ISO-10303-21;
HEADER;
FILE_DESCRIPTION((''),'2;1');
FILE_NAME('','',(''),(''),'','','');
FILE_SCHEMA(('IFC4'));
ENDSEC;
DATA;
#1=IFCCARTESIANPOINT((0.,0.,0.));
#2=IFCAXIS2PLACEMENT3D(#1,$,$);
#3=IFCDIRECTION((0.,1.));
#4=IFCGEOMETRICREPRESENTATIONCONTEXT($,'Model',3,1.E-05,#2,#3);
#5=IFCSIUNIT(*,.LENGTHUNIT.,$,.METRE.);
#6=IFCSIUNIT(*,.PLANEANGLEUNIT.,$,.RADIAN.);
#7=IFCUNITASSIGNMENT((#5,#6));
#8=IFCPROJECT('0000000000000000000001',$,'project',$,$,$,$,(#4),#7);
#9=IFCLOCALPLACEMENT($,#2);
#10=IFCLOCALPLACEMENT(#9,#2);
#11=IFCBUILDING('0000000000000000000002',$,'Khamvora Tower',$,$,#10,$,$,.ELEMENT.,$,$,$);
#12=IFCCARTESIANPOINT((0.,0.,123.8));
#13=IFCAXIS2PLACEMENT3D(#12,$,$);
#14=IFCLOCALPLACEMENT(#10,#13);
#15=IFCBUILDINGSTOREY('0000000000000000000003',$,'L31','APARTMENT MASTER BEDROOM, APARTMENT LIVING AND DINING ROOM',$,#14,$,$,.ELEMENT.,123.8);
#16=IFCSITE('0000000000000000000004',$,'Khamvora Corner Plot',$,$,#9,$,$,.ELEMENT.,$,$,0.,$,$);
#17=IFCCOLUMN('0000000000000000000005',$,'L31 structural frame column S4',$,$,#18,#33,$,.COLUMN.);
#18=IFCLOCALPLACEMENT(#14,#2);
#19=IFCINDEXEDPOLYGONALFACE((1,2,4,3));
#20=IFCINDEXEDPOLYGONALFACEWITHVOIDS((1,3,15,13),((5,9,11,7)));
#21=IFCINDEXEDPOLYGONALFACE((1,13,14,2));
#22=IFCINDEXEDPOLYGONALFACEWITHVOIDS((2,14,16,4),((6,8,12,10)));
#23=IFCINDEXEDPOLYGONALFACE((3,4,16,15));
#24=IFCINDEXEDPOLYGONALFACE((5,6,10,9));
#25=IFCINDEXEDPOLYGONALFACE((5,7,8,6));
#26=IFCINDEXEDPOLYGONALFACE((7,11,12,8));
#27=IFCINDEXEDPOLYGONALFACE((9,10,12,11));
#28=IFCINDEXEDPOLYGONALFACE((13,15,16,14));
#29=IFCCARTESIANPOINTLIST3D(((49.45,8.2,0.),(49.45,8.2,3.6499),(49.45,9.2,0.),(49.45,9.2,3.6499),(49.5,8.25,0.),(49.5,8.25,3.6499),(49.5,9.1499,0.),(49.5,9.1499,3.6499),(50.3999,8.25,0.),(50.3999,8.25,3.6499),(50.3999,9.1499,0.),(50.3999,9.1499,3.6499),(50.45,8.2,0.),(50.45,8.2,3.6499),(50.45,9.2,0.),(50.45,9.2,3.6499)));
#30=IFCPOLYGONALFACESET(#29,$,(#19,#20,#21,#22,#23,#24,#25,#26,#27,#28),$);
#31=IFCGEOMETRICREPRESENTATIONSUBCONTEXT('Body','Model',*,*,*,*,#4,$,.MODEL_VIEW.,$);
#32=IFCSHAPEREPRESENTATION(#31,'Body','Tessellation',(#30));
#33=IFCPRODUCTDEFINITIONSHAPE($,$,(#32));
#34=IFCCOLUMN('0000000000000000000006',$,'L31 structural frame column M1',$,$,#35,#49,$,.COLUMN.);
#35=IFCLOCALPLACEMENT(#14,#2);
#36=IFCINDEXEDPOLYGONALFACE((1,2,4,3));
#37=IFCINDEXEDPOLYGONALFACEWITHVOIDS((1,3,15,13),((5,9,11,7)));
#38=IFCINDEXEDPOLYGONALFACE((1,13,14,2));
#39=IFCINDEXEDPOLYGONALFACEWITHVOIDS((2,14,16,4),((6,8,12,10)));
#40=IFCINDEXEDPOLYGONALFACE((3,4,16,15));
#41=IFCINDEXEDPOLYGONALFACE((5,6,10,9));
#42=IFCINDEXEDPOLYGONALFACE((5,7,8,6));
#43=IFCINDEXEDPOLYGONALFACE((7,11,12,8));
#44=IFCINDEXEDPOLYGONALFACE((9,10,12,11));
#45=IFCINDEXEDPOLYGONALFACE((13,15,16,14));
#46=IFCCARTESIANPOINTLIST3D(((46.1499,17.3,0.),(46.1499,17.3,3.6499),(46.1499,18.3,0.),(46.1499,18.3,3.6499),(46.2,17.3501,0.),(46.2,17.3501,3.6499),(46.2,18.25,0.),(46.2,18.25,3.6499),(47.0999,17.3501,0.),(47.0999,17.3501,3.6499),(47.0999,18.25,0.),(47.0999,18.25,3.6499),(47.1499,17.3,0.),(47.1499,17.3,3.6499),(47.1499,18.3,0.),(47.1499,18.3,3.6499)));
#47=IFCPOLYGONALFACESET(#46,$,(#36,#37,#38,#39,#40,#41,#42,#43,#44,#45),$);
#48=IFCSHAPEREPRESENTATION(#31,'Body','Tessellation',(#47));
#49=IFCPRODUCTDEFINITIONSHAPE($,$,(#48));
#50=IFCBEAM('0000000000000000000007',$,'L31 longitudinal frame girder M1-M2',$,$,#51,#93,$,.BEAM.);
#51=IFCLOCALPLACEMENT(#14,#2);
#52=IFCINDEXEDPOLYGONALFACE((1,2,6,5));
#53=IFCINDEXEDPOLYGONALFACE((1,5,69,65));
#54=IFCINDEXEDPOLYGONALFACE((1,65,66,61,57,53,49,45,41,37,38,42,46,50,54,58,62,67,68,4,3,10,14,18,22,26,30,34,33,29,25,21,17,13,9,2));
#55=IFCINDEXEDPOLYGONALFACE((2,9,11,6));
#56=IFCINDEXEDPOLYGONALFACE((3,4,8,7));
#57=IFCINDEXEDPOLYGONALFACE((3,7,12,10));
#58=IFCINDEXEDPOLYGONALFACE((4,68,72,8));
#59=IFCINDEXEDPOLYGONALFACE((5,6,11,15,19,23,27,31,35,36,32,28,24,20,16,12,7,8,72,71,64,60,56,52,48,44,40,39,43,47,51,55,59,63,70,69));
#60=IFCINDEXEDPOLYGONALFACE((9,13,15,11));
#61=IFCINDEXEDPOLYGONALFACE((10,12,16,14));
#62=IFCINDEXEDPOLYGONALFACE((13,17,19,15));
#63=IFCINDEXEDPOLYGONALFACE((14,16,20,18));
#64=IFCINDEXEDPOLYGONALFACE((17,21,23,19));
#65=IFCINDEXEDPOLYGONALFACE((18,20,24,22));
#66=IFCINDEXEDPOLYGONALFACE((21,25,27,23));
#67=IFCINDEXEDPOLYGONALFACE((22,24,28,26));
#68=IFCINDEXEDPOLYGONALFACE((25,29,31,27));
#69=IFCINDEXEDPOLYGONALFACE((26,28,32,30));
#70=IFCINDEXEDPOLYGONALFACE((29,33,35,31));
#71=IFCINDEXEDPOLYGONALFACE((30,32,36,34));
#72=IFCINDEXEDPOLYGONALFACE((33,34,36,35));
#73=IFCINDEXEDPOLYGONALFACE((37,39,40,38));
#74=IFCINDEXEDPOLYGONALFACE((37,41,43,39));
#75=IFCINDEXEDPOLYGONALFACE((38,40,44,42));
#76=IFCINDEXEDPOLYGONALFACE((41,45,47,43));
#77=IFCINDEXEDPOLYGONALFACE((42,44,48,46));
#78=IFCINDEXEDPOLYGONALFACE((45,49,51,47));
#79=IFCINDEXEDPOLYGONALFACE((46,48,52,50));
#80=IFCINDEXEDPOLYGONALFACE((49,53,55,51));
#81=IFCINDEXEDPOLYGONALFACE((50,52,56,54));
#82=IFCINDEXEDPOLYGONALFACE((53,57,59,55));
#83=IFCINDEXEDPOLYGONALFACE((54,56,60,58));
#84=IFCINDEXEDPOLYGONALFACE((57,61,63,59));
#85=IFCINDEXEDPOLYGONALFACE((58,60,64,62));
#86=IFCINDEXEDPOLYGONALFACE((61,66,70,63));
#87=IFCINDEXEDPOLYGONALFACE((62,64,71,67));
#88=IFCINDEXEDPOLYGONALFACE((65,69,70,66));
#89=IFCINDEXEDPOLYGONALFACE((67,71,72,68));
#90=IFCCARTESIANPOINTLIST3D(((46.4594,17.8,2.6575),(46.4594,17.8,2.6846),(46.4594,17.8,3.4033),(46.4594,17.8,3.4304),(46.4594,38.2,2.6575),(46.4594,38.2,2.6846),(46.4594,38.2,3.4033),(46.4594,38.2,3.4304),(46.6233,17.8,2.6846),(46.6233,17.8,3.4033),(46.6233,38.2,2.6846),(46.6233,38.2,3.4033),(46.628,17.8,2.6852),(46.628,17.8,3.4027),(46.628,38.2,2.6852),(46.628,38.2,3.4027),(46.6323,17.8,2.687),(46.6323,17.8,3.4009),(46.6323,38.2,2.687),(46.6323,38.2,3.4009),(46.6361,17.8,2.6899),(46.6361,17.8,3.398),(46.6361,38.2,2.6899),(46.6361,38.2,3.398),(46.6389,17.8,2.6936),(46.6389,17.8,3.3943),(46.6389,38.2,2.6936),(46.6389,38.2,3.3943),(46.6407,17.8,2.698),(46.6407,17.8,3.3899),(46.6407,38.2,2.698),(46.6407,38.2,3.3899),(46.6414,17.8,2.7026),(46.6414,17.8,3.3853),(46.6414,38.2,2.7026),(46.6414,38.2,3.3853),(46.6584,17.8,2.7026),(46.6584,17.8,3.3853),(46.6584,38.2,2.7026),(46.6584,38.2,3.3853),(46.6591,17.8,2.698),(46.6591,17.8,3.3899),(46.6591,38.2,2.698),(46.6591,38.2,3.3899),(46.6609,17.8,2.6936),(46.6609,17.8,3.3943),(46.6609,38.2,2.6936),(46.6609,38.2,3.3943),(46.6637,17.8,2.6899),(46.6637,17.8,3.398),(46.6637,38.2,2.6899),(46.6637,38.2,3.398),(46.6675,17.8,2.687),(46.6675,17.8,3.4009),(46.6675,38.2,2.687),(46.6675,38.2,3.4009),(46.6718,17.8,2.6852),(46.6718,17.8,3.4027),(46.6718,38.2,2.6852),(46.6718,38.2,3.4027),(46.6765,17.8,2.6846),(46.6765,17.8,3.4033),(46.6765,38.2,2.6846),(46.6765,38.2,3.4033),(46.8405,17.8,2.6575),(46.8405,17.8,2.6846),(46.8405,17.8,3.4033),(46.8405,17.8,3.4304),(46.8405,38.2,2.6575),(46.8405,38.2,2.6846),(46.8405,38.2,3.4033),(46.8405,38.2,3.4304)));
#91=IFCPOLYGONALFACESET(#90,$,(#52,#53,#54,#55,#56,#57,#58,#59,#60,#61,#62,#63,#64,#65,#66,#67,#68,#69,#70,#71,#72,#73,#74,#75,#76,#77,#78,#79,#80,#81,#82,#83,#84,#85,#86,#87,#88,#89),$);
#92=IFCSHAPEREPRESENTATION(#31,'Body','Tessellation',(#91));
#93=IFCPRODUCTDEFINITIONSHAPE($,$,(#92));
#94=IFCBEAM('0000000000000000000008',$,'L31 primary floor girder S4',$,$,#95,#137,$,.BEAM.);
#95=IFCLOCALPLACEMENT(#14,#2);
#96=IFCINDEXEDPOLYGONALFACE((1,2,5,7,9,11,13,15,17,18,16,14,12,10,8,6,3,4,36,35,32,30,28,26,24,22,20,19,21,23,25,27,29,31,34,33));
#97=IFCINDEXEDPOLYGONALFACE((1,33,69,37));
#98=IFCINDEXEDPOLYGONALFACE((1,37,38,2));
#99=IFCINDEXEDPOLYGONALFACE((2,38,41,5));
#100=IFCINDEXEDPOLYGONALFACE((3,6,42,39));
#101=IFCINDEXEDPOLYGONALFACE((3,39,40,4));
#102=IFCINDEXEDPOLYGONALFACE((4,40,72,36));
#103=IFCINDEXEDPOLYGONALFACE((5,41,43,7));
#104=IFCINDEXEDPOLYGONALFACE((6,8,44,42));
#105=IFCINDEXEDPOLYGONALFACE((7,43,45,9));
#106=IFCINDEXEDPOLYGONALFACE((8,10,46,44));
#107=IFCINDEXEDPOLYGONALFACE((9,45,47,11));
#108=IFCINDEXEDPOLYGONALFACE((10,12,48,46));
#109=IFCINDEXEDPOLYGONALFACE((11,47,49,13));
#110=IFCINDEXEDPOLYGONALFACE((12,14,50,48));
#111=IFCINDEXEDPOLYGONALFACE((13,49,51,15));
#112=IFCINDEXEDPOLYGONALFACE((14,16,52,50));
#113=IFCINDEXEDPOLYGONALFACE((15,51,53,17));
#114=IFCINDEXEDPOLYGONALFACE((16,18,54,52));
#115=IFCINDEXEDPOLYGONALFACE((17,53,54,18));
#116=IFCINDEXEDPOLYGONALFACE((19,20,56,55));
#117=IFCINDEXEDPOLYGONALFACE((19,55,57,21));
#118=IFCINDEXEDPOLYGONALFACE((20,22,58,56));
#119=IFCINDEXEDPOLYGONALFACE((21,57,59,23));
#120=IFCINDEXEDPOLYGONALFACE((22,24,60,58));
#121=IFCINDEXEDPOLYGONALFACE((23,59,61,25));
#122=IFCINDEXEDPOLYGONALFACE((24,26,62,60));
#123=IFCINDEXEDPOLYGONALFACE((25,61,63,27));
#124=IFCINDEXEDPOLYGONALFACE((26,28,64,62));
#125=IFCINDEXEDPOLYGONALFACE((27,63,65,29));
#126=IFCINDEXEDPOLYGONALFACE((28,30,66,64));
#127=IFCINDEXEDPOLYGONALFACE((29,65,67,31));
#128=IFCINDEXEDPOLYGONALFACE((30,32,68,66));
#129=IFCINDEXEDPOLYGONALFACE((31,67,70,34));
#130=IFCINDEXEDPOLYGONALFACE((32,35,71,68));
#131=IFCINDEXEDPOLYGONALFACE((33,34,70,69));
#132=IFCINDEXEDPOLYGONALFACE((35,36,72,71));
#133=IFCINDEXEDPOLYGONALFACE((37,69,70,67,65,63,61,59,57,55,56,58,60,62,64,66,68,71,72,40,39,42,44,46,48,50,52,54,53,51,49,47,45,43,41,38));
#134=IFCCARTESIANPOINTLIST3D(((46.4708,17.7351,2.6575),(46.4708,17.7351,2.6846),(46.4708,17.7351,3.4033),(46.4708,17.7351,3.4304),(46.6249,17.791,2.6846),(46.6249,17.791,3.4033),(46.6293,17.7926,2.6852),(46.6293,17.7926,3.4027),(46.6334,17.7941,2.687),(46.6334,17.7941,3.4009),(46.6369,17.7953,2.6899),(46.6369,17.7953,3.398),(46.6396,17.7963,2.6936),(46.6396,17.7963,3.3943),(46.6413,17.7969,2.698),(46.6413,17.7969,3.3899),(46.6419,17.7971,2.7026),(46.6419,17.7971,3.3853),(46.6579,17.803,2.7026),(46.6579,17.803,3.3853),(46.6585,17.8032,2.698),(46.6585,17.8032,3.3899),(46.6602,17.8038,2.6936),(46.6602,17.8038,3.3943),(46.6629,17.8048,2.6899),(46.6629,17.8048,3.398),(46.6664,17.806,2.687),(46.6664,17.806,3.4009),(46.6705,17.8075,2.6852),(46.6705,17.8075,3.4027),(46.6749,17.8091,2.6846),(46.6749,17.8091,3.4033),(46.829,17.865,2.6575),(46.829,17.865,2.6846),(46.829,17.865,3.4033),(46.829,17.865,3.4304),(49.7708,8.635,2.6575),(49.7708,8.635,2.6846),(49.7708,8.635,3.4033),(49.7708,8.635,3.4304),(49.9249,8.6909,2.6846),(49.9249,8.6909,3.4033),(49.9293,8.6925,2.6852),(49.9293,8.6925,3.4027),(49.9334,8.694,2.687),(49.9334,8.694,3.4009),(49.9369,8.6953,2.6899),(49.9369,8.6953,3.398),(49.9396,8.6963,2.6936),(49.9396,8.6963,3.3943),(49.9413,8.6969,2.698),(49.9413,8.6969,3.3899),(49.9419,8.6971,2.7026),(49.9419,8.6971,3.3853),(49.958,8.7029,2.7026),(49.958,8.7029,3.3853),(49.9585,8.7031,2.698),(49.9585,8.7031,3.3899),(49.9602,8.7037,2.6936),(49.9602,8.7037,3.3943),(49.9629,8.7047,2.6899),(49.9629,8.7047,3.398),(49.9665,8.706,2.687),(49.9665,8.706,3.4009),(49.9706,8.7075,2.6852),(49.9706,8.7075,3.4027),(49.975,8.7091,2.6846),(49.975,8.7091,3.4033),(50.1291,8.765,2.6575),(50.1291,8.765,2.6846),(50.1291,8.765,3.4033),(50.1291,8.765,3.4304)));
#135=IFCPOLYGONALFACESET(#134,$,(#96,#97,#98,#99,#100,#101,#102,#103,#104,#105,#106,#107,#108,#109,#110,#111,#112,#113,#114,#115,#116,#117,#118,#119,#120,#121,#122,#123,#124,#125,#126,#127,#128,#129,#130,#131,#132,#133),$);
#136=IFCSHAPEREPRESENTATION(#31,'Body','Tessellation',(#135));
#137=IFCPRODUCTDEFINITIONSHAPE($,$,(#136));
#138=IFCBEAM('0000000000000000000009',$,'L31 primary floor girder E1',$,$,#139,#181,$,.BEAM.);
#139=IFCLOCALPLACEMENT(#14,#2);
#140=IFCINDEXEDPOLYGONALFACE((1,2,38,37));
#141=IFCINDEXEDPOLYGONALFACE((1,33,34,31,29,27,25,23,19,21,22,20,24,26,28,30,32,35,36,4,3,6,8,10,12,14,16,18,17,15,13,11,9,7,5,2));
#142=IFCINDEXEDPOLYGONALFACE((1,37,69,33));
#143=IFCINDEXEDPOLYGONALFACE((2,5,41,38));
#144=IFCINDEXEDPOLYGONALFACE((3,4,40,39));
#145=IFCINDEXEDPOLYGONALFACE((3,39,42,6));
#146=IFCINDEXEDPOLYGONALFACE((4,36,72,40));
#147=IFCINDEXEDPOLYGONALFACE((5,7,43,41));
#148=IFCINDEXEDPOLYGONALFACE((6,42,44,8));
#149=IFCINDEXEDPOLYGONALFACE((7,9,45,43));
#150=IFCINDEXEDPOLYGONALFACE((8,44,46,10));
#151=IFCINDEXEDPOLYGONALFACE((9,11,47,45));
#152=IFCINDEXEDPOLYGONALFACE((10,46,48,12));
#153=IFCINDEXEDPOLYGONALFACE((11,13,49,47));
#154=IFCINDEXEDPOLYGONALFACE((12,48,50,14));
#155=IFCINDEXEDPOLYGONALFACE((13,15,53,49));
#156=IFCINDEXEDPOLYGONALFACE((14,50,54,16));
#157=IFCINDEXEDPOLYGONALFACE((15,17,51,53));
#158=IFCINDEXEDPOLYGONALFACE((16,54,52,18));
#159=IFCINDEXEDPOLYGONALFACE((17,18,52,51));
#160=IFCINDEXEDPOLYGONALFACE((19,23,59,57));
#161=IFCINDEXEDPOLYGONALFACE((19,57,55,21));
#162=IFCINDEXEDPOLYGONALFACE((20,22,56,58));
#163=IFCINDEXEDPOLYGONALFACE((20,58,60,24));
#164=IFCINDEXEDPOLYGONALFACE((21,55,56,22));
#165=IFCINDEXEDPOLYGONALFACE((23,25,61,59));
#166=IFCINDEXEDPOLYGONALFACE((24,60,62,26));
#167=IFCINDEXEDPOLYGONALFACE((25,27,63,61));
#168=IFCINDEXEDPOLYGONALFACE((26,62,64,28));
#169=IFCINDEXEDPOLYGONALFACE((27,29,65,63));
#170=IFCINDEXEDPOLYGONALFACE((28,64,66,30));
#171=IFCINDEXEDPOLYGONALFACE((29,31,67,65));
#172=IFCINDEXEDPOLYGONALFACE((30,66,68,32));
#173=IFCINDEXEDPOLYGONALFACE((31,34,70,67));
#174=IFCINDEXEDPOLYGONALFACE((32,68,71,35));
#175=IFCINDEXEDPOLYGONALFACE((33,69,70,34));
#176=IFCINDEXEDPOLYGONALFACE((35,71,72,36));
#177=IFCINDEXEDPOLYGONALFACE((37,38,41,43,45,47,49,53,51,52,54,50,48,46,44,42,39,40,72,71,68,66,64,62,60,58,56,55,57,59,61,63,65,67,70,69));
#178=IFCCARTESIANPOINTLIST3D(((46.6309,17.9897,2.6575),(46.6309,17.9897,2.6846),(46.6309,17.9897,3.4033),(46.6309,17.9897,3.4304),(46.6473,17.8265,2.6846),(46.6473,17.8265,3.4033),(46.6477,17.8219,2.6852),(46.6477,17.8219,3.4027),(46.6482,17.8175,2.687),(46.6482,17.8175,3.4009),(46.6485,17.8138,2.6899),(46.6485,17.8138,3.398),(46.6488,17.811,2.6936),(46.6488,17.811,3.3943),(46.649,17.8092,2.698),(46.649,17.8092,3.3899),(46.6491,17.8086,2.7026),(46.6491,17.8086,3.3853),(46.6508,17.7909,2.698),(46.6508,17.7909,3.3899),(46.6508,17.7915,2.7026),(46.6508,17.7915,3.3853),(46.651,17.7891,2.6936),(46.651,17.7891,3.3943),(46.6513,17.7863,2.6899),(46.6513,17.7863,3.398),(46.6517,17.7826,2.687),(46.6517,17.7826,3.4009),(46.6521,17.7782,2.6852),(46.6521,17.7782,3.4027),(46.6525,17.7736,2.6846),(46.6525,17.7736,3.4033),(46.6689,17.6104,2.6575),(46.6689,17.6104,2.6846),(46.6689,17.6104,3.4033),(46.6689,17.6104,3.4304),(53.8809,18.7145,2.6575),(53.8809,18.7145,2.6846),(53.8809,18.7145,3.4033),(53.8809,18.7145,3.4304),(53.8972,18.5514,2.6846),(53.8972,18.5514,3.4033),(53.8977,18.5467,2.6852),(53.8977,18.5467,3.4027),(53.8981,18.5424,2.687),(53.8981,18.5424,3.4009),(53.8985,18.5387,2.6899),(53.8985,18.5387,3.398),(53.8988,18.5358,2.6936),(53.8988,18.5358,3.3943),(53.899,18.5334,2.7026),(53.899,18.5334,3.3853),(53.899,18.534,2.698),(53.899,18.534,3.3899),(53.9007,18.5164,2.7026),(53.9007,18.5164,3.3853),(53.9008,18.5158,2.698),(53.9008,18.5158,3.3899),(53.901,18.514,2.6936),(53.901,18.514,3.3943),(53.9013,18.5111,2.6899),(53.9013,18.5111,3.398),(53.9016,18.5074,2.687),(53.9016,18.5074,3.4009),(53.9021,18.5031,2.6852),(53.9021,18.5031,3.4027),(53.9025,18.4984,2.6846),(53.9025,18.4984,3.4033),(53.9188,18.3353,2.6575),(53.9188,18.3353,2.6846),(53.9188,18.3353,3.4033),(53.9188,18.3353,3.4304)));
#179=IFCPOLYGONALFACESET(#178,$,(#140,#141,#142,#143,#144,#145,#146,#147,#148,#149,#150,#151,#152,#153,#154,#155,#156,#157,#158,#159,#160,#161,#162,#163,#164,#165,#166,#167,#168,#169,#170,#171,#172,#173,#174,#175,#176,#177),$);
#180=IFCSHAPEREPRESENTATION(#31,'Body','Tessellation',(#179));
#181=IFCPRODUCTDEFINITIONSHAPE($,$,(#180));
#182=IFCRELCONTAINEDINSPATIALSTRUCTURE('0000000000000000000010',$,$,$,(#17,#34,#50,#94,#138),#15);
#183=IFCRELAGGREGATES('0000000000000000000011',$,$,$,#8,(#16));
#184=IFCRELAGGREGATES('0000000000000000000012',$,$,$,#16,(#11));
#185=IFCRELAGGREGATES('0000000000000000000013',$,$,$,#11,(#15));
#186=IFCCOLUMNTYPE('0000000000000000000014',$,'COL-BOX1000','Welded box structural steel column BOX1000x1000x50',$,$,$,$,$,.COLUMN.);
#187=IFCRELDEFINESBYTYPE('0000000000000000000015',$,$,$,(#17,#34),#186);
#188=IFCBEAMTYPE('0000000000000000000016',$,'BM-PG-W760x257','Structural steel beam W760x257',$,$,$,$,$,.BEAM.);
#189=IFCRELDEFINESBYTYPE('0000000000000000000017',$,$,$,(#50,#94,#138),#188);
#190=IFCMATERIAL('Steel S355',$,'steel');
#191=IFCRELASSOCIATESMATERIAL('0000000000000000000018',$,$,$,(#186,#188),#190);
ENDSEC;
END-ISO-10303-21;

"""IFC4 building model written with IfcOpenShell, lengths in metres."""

from ifc_helpers import new_model, si_unit, direction, frame, origin, origin_2d, place, context, subcontext, project, spatial, hollow_rectangle, i_section, extrude, material, material_profile, profile_set, type_object, element, save


model = new_model("IFC4")

# Units and contexts
model_context = context("Model", 3, precision=1e-05, world=origin(), true_north=direction((0.0, 1.0)))
body_context = subcontext(model_context, "Body", "Model", "MODEL_VIEW")
ifc_project = project(units=[si_unit("LENGTHUNIT", "METRE"), si_unit("PLANEANGLEUNIT", "RADIAN")], contexts=[model_context])

# Site, building, storey
site_placement = place(None, origin())
site = spatial("IfcSite", under=ifc_project, at=site_placement, Name="Khamvora Corner Plot", CompositionType="ELEMENT", RefElevation=0.0)
building_placement = place(site_placement, origin())
building = spatial("IfcBuilding", under=site, at=building_placement, Name="Khamvora Tower", CompositionType="ELEMENT")
storey_placement = place(building_placement, frame((0.0, 0.0, 123.8)))
storey = spatial("IfcBuildingStorey", under=building, at=storey_placement, Name="L31", Description="APARTMENT MASTER BEDROOM, APARTMENT LIVING AND DINING ROOM", CompositionType="ELEMENT", Elevation=123.8)

# Columns
ifc_material_1 = material(Name="Steel S355", Category="steel")
ifc_material_profile_1 = material_profile(ifc_material_1, hollow_rectangle(XDim=1.0, YDim=1.0, WallThickness=0.05, at=origin_2d()), Name="BOX1000x1000x50")
ifc_profile_set_1 = profile_set([ifc_material_profile_1], Name="Steel S355")
column_type = type_object("IfcColumnType", Name="COL-BOX1000", Description="Welded box structural steel column BOX1000x1000x50", PredefinedType="COLUMN", material=ifc_profile_set_1)
for number, where, z_axis, x_axis, name in (
    (1, (49.95, 8.7, 0.0), (0.0, 0.0, 1.0), (1.0, 0.0, 0.0), "L31 structural frame column S4"),
    (2, (46.6499, 17.8, 0.0), (0.0, 0.0, 1.0), (1.0, 0.0, 0.0), "L31 structural frame column M1"),
):
    element("IfcColumn", number, at=place(storey_placement, frame(where, z_axis=z_axis, x_axis=x_axis)), inside=storey, type_object=column_type, Name=name, PredefinedType="COLUMN", context=body_context, shape_type="SweptSolid", body=[
        extrude(hollow_rectangle(XDim=1.0, YDim=1.0, WallThickness=0.05, at=origin_2d()), origin(), (0.0, 0.0, 1.0), 3.6499),
    ])

# Beams
ifc_material_profile_2 = material_profile(ifc_material_1, i_section(OverallWidth=0.3811, OverallDepth=0.7729, WebThickness=0.0171, FlangeThickness=0.0271, FilletRadius=0.0181, at=origin_2d()), Name="W760x257")
ifc_profile_set_2 = profile_set([ifc_material_profile_2], Name="Steel S355")
beam_type_1 = type_object("IfcBeamType", Name="BM-PG-W760x257", Description="Structural steel beam W760x257", PredefinedType="BEAM", material=ifc_profile_set_2)
beam_1_placement = place(storey_placement, frame((46.6499, 17.8, 3.0439), z_axis=(0.0, 1.0, 0.0), x_axis=(-1.0, 0.0, 0.0)))
element("IfcBeam", 3, at=beam_1_placement, inside=storey, type_object=beam_type_1, Name="L31 longitudinal frame girder M1-M2", PredefinedType="BEAM", context=body_context, shape_type="SweptSolid", body=[
    extrude(i_section(OverallWidth=0.3811, OverallDepth=0.7729, WebThickness=0.0171, FlangeThickness=0.0271, FilletRadius=0.0181, at=origin_2d()), origin(), (0.0, 0.0, 1.0), 20.3999),
])
beam_2_placement = place(storey_placement, frame((46.6499, 17.8, 3.0439), z_axis=(0.340915, -0.940094, 0.0), x_axis=(0.940094, 0.340915, 0.0)))
element("IfcBeam", 4, at=beam_2_placement, inside=storey, type_object=beam_type_1, Name="L31 primary floor girder S4", PredefinedType="BEAM", context=body_context, shape_type="SweptSolid", body=[
    extrude(i_section(OverallWidth=0.3811, OverallDepth=0.7729, WebThickness=0.0171, FlangeThickness=0.0271, FilletRadius=0.0181, at=origin_2d()), origin(), (0.0, 0.0, 1.0), 9.6799),
])
beam_3_placement = place(storey_placement, frame((46.6499, 17.8, 3.0439), z_axis=(0.995039, 0.099484, 0.0), x_axis=(-0.099484, 0.995039, 0.0)))
element("IfcBeam", 5, at=beam_3_placement, inside=storey, type_object=beam_type_1, Name="L31 primary floor girder E1", PredefinedType="BEAM", context=body_context, shape_type="SweptSolid", body=[
    extrude(i_section(OverallWidth=0.3811, OverallDepth=0.7729, WebThickness=0.0171, FlangeThickness=0.0271, FilletRadius=0.0181, at=origin_2d()), origin(), (0.0, 0.0, 1.0), 7.2861),
])

save(model, "model.ifc")
